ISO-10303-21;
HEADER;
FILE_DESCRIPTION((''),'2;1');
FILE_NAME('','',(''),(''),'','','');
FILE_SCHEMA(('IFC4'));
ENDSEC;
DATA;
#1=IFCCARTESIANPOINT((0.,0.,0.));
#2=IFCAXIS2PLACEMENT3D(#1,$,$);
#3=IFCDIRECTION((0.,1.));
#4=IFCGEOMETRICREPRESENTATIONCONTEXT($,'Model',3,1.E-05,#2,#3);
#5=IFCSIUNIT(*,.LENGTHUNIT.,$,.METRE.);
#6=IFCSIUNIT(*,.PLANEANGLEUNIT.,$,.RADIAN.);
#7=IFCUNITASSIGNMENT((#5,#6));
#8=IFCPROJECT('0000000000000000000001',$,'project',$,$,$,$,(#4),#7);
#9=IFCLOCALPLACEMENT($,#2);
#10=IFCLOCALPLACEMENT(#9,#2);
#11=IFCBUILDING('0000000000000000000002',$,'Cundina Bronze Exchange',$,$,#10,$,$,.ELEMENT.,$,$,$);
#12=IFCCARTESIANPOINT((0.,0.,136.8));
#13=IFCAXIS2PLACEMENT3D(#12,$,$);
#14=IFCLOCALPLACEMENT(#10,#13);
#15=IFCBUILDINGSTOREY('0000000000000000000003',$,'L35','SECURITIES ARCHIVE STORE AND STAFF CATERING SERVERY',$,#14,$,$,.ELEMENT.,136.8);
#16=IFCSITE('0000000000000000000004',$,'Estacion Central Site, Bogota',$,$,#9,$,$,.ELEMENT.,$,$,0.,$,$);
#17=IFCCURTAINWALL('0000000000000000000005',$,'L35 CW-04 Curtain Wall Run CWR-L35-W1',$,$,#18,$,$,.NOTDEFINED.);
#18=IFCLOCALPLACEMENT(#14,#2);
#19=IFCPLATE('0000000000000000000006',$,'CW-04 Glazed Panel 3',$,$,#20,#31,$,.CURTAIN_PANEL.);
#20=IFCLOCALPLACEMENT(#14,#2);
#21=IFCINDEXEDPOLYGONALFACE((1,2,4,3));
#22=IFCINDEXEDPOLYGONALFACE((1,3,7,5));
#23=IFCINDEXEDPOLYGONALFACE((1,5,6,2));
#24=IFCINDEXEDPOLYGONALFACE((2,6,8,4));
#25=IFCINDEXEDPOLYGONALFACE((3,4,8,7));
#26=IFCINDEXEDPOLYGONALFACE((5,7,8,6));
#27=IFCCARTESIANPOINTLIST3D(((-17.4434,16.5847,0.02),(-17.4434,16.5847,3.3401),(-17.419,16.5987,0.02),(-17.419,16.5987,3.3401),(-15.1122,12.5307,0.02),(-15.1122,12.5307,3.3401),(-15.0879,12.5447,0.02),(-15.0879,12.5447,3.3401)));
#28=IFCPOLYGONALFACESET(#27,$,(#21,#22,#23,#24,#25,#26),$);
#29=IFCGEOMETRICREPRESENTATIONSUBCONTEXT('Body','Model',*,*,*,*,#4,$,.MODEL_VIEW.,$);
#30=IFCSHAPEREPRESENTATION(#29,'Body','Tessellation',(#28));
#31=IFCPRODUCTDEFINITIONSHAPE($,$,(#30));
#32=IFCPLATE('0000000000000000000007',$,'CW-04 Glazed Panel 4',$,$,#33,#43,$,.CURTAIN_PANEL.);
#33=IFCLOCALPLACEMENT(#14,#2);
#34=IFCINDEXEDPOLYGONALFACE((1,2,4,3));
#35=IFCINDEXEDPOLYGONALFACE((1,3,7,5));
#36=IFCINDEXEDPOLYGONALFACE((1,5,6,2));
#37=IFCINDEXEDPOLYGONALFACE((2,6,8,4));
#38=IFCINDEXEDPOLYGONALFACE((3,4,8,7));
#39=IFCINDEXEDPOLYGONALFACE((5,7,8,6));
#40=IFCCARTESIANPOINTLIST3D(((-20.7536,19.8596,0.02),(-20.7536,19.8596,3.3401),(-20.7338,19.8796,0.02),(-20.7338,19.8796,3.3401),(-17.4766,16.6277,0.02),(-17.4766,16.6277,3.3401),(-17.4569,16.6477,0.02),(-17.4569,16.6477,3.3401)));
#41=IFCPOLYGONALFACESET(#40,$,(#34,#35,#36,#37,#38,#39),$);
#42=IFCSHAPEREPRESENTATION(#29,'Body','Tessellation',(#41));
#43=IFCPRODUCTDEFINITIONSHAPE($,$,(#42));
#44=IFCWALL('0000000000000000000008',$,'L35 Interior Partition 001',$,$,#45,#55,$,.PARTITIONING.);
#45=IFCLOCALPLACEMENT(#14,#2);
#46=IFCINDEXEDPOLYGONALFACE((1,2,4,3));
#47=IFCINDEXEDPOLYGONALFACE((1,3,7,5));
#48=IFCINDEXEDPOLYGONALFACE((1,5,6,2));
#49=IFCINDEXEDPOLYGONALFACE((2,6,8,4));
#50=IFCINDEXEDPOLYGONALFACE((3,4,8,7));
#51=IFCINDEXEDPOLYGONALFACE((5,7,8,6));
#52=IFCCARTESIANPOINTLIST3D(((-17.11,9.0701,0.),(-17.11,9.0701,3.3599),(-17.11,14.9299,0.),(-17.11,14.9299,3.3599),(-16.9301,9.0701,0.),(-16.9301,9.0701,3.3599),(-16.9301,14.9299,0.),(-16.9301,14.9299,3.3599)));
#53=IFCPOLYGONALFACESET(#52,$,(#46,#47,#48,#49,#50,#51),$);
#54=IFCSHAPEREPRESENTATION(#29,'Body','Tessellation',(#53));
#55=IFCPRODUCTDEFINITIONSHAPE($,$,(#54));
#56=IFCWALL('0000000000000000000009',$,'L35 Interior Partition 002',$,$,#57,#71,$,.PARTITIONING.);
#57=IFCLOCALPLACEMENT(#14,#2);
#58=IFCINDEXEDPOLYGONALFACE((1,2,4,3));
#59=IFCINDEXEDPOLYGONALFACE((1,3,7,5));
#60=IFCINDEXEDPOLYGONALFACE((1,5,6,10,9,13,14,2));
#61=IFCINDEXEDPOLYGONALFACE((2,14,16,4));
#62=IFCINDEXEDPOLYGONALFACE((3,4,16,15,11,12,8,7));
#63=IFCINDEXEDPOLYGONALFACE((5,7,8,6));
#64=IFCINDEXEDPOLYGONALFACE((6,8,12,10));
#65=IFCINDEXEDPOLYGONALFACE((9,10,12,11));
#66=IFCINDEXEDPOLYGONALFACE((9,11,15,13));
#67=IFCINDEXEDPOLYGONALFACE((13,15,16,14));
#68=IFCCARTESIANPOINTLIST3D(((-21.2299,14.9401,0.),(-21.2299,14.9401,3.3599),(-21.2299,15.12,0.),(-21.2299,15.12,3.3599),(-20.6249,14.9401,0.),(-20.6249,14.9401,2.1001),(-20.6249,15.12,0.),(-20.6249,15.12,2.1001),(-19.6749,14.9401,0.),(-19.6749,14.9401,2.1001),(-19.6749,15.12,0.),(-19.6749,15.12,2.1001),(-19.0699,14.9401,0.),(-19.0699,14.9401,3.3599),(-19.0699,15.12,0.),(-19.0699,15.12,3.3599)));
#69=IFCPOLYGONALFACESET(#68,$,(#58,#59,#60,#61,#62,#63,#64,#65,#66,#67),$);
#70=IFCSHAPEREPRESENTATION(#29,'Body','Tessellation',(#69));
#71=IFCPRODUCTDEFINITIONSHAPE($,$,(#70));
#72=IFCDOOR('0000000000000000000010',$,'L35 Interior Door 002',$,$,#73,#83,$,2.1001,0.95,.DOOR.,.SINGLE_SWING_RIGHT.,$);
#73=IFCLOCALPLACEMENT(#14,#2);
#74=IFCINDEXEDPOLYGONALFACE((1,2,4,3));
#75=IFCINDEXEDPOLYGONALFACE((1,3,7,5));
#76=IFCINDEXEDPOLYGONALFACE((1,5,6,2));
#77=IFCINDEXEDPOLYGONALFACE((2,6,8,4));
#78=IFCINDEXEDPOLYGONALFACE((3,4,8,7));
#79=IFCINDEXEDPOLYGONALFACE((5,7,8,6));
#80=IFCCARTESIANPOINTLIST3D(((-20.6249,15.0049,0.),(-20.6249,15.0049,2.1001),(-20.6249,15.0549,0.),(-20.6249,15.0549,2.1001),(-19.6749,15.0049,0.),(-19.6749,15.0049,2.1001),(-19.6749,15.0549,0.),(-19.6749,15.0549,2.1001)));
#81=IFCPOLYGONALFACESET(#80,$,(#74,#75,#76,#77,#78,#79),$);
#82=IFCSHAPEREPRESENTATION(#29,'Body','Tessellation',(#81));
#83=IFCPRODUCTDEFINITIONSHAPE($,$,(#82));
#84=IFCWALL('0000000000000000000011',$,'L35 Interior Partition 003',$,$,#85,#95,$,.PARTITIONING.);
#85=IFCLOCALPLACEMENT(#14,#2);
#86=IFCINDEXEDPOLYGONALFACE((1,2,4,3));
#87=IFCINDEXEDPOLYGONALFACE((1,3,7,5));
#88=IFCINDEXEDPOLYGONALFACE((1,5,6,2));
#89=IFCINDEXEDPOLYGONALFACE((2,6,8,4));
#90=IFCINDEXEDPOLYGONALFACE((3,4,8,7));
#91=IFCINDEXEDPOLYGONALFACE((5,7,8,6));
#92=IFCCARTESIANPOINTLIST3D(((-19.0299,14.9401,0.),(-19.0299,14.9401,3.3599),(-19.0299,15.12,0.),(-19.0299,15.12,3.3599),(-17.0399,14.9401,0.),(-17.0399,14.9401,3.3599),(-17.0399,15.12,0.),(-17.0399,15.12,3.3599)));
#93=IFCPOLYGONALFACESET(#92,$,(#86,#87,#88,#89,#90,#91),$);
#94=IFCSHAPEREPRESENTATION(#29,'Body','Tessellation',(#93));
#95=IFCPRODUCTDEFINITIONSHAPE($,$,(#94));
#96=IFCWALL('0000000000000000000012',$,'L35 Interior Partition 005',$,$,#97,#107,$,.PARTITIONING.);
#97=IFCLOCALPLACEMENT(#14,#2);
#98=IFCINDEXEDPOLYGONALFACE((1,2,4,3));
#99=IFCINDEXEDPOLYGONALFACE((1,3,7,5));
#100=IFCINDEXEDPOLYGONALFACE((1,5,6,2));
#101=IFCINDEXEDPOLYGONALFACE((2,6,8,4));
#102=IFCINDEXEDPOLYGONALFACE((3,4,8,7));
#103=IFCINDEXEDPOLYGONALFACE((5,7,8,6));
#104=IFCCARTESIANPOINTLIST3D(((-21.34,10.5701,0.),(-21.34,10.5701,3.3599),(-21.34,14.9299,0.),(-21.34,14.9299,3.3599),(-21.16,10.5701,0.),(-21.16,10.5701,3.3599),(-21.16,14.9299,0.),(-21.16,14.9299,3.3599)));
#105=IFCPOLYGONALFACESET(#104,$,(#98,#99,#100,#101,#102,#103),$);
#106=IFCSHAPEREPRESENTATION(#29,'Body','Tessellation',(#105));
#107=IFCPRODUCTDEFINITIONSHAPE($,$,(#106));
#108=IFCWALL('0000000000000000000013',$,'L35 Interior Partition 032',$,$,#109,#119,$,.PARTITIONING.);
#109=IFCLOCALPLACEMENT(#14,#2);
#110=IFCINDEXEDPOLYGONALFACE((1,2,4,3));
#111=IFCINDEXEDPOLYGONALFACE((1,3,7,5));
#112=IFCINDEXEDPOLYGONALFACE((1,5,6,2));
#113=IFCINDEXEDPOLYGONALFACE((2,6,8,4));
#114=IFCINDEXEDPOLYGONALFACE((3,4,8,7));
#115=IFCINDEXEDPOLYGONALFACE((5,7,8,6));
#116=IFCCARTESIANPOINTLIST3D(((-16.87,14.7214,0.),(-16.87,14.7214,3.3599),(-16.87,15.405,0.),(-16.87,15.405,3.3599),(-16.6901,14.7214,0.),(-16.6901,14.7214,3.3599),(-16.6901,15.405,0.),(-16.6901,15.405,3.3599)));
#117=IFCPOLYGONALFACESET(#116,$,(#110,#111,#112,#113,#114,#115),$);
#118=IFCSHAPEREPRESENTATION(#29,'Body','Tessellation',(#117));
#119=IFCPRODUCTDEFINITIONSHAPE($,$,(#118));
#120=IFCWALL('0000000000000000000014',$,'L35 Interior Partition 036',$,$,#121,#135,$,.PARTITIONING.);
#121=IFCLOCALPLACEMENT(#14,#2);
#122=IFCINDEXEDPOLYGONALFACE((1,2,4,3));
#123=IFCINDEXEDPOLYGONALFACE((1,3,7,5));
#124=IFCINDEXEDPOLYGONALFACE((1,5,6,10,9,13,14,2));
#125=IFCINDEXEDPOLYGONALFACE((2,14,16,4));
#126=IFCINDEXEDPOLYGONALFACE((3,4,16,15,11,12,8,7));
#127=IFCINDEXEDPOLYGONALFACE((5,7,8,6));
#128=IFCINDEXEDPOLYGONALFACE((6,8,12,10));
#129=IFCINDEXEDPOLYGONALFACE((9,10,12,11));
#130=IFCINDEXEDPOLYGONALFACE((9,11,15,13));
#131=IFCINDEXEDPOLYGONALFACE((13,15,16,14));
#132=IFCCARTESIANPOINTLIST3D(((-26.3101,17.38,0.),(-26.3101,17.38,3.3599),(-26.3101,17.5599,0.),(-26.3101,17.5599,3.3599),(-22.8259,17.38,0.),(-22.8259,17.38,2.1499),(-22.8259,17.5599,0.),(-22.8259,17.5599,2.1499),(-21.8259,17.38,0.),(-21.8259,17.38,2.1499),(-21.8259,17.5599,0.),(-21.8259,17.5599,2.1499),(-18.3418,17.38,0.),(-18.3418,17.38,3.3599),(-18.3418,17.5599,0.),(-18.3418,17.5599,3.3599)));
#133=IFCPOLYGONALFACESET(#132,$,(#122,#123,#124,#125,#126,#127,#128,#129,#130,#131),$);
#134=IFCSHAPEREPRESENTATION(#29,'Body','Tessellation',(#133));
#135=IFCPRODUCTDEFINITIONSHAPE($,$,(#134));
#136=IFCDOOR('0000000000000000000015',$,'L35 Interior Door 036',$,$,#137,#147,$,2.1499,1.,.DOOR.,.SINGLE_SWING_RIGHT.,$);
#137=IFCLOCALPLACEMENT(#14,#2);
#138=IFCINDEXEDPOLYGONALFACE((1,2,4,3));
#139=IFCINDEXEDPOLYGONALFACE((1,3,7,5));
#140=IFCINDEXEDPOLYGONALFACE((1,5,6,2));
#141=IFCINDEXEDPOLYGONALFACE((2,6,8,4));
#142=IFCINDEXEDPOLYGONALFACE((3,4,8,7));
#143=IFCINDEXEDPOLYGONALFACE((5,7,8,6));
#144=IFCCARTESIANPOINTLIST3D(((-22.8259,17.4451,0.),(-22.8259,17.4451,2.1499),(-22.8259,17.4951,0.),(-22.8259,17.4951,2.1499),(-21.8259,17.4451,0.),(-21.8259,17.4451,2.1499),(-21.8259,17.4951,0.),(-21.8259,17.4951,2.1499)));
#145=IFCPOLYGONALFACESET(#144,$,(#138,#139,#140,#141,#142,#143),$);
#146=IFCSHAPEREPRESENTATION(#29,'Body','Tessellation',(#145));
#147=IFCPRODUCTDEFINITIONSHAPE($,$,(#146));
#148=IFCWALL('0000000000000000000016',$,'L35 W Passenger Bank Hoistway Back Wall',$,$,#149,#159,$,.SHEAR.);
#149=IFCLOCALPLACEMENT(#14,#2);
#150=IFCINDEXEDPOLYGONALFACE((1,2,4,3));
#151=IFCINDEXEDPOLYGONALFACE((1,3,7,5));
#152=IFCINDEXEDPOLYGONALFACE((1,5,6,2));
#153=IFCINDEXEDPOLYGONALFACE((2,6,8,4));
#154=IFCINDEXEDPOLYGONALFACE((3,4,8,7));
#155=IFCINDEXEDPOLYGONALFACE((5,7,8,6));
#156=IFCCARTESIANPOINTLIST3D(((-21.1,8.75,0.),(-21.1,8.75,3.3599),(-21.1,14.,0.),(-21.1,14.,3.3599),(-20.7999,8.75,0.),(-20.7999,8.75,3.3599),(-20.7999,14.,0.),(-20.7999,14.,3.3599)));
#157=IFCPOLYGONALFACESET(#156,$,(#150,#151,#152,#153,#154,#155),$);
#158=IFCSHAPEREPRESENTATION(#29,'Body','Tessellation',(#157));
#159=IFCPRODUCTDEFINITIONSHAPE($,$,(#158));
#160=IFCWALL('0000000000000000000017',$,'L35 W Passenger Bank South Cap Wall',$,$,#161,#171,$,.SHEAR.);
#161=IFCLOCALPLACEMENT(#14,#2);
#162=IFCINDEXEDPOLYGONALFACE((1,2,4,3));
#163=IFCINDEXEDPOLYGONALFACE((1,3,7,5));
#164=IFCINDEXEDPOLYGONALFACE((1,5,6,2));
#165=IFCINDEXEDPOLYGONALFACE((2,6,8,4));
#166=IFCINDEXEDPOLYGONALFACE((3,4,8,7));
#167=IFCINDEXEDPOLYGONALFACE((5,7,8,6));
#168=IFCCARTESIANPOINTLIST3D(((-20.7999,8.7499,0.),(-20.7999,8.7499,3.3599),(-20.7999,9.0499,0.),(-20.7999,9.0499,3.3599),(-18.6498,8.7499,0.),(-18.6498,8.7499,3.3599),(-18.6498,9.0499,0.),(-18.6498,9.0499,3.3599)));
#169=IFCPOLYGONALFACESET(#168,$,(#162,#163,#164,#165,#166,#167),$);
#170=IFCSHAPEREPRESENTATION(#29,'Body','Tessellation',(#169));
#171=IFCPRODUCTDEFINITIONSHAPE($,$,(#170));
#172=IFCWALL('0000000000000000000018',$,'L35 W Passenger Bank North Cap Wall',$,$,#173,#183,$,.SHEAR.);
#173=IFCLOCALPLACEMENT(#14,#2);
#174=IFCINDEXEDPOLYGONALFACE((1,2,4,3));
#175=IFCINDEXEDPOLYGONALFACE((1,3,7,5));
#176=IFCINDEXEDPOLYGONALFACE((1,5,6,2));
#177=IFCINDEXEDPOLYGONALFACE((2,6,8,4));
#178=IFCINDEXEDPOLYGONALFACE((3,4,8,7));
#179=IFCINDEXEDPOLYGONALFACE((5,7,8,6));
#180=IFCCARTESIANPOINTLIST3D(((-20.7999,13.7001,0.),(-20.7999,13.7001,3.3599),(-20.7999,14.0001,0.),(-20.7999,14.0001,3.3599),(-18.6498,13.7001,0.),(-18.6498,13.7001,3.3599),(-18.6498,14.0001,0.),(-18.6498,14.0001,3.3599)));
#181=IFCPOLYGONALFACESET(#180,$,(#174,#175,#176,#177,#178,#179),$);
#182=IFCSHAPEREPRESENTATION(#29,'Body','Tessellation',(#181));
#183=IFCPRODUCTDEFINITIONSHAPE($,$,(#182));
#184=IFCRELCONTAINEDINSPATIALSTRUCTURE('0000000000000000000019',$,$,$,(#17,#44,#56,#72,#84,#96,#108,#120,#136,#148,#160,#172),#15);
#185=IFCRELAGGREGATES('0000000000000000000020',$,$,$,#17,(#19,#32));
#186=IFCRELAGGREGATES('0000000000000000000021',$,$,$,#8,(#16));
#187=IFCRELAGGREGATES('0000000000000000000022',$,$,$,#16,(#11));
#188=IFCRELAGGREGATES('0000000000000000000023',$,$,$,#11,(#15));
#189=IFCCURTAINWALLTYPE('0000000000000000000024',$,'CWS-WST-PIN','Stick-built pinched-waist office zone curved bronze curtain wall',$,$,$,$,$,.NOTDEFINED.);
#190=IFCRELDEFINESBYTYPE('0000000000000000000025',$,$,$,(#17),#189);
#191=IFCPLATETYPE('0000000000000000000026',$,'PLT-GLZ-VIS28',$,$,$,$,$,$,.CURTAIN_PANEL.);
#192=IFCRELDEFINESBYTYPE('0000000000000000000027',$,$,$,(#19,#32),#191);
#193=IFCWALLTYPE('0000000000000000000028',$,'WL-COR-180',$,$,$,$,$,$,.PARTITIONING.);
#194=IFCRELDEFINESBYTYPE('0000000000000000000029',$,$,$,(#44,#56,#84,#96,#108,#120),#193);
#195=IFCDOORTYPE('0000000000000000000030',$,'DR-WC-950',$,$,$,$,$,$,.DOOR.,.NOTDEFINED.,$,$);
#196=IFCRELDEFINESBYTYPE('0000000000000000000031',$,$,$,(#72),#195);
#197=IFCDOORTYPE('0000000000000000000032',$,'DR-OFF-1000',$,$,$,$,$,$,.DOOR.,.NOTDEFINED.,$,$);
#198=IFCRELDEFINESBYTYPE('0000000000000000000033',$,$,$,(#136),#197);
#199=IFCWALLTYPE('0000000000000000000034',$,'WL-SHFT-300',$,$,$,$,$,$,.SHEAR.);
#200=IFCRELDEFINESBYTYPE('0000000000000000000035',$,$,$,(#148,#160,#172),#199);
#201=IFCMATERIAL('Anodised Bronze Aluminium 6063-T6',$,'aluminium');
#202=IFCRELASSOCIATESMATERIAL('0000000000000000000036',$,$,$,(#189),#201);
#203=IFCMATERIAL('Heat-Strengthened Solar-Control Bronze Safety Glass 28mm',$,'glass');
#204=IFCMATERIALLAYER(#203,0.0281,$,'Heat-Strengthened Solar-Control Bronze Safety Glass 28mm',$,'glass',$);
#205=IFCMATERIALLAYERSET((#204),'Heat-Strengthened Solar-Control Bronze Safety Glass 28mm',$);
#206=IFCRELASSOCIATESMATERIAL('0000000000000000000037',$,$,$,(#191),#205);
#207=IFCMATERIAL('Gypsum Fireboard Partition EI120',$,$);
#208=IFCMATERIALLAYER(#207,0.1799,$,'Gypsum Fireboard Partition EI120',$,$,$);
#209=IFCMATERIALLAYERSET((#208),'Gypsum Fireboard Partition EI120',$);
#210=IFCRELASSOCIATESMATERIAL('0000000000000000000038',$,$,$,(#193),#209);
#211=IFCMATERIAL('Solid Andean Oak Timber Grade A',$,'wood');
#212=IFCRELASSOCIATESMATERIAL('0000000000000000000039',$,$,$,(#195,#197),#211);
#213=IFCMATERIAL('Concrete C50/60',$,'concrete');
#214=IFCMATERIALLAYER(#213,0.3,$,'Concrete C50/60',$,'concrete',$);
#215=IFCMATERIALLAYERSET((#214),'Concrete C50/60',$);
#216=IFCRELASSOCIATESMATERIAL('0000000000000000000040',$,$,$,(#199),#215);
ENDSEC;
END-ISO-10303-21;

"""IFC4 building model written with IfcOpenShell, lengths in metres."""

from ifc_helpers import new_model, si_unit, direction, frame, frame_2d, origin, origin_2d, place, context, subcontext, project, spatial, rectangle, extrude, material, layer, layer_set, type_object, element, fill, aggregate, save


model = new_model("IFC4")

# Units and contexts
model_context = context("Model", 3, precision=1e-05, world=origin(), true_north=direction((0.0, 1.0)))
body_context = subcontext(model_context, "Body", "Model", "MODEL_VIEW")
ifc_project = project(units=[si_unit("LENGTHUNIT", "METRE"), si_unit("PLANEANGLEUNIT", "RADIAN")], contexts=[model_context])

# Site, building, storey
site_placement = place(None, origin())
site = spatial("IfcSite", under=ifc_project, at=site_placement, Name="Estacion Central Site, Bogota", CompositionType="ELEMENT", RefElevation=0.0)
building_placement = place(site_placement, origin())
building = spatial("IfcBuilding", under=site, at=building_placement, Name="Cundina Bronze Exchange", CompositionType="ELEMENT")
storey_placement = place(building_placement, frame((0.0, 0.0, 136.8)))
storey = spatial("IfcBuildingStorey", under=building, at=storey_placement, Name="L35", Description="SECURITIES ARCHIVE STORE AND STAFF CATERING SERVERY", CompositionType="ELEMENT", Elevation=136.8)

# Shared definitions
ifc_material_1 = material(Name="Concrete C50/60", Category="concrete")

# Curtain wall, plates
ifc_material_2 = material(Name="Anodised Bronze Aluminium 6063-T6", Category="aluminium")
curtain_wall_type = type_object("IfcCurtainWallType", Name="CWS-WST-PIN", Description="Stick-built pinched-waist office zone curved bronze curtain wall", PredefinedType="NOTDEFINED", material=ifc_material_2)
curtain_wall_placement = place(storey_placement, origin())
curtain_wall = element("IfcCurtainWall", 1, at=curtain_wall_placement, inside=storey, type_object=curtain_wall_type, Name="L35 CW-04 Curtain Wall Run CWR-L35-W1", PredefinedType="NOTDEFINED")
ifc_material_3 = material(Name="Heat-Strengthened Solar-Control Bronze Safety Glass 28mm", Category="glass")
ifc_layer_1 = layer(ifc_material_3, 0.0281, Name="Heat-Strengthened Solar-Control Bronze Safety Glass 28mm", Category="glass")
ifc_layer_set_1 = layer_set([ifc_layer_1], Name="Heat-Strengthened Solar-Control Bronze Safety Glass 28mm")
plate_type = type_object("IfcPlateType", Name="PLT-GLZ-VIS28", PredefinedType="CURTAIN_PANEL", material=ifc_layer_set_1)
plate_1_placement = place(storey_placement, frame((-16.2656, 14.5647, 0.02), z_axis=(0.0, 0.0, 1.0), x_axis=(-0.498488, 0.866897, 0.0)))
plate_1 = element("IfcPlate", 2, at=plate_1_placement, type_object=plate_type, Name="CW-04 Glazed Panel 3", PredefinedType="CURTAIN_PANEL", context=body_context, shape_type="SweptSolid", body=[
    extrude(rectangle(XDim=4.6765, YDim=0.0281, at=origin_2d()), origin(), (0.0, 0.0, 1.0), 3.3201),
])
plate_2_placement = place(storey_placement, frame((-19.1052, 18.2537, 0.02), z_axis=(0.0, 0.0, 1.0), x_axis=(-0.711989, 0.70219, 0.0)))
plate_2 = element("IfcPlate", 3, at=plate_2_placement, type_object=plate_type, Name="CW-04 Glazed Panel 4", PredefinedType="CURTAIN_PANEL", context=body_context, shape_type="SweptSolid", body=[
    extrude(rectangle(XDim=4.6025, YDim=0.0281, at=origin_2d()), origin(), (0.0, 0.0, 1.0), 3.3201),
])
aggregate(curtain_wall, [plate_1, plate_2])

# Wall
ifc_material_4 = material(Name="Gypsum Fireboard Partition EI120")
ifc_layer_2 = layer(ifc_material_4, 0.1799, Name="Gypsum Fireboard Partition EI120")
ifc_layer_set_2 = layer_set([ifc_layer_2], Name="Gypsum Fireboard Partition EI120")
wall_type_1 = type_object("IfcWallType", Name="WL-COR-180", PredefinedType="PARTITIONING", material=ifc_layer_set_2)
wall_1_placement = place(storey_placement, frame((-17.02, 9.0701, 0.0), z_axis=(0.0, 0.0, 1.0), x_axis=(0.0, 1.0, 0.0)))
element("IfcWall", 4, at=wall_1_placement, inside=storey, type_object=wall_type_1, Name="L35 Interior Partition 001", PredefinedType="PARTITIONING", context=body_context, shape_type="SweptSolid", body=[
    extrude(rectangle(XDim=5.8599, YDim=0.1799, at=frame_2d((2.9299, 0.0))), origin(), (0.0, 0.0, 1.0), 3.3599),
])

# Wall, opening, door
wall_2_placement = place(storey_placement, frame((-21.23, 15.03, 0.0), z_axis=(0.0, 0.0, 1.0), x_axis=(1.0, 0.0, 0.0)))
wall_2 = element("IfcWall", 5, at=wall_2_placement, inside=storey, type_object=wall_type_1, Name="L35 Interior Partition 002", PredefinedType="PARTITIONING", context=body_context, shape_type="SweptSolid", body=[
    extrude(rectangle(XDim=2.1599, YDim=0.1799, at=frame_2d((1.0801, 0.0))), origin(), (0.0, 0.0, 1.0), 3.3599),
])
opening_1_placement = place(wall_2_placement, frame((0.605, 0.0, 0.0)))
opening_1 = element("IfcOpeningElement", 6, at=opening_1_placement, cuts=wall_2, PredefinedType="OPENING", context=body_context, shape_type="SweptSolid", body=[
    extrude(rectangle(XDim=0.95, YDim=2.1001, at=frame_2d((0.4751, 1.05))), frame((0.0, 0.0999, 0.0), z_axis=(0.0, -1.0, 0.0), x_axis=(1.0, 0.0, 0.0)), (0.0, 0.0, 1.0), 0.2),
])
ifc_material_5 = material(Name="Solid Andean Oak Timber Grade A", Category="wood")
door_type_1 = type_object("IfcDoorType", Name="DR-WC-950", OperationType="NOTDEFINED", PredefinedType="DOOR", material=ifc_material_5)
door_1_placement = place(opening_1_placement, origin())
door_1 = element("IfcDoor", 7, at=door_1_placement, inside=storey, type_object=door_type_1, Name="L35 Interior Door 002", OperationType="SINGLE_SWING_RIGHT", OverallHeight=2.1001, OverallWidth=0.95, PredefinedType="DOOR", context=body_context, shape_type="SweptSolid", body=[
    extrude(rectangle(XDim=0.95, YDim=2.1001, at=frame_2d((0.4751, 1.05))), frame((0.0, 0.0249, 0.0), z_axis=(0.0, -1.0, 0.0), x_axis=(1.0, 0.0, 0.0)), (0.0, 0.0, 1.0), 0.05),
])
fill(opening_1, door_1)

# Walls
wall_3_placement = place(storey_placement, frame((-19.03, 15.03, 0.0), z_axis=(0.0, 0.0, 1.0), x_axis=(1.0, 0.0, 0.0)))
element("IfcWall", 8, at=wall_3_placement, inside=storey, type_object=wall_type_1, Name="L35 Interior Partition 003", PredefinedType="PARTITIONING", context=body_context, shape_type="SweptSolid", body=[
    extrude(rectangle(XDim=1.99, YDim=0.1799, at=frame_2d((0.9951, 0.0))), origin(), (0.0, 0.0, 1.0), 3.3599),
])
wall_4_placement = place(storey_placement, frame((-21.25, 10.5701, 0.0), z_axis=(0.0, 0.0, 1.0), x_axis=(0.0, 1.0, 0.0)))
element("IfcWall", 9, at=wall_4_placement, inside=storey, type_object=wall_type_1, Name="L35 Interior Partition 005", PredefinedType="PARTITIONING", context=body_context, shape_type="SweptSolid", body=[
    extrude(rectangle(XDim=4.3599, YDim=0.1799, at=frame_2d((2.1799, 0.0))), origin(), (0.0, 0.0, 1.0), 3.3599),
])
wall_5_placement = place(storey_placement, frame((-16.78, 14.7214, 0.0), z_axis=(0.0, 0.0, 1.0), x_axis=(0.0, 1.0, 0.0)))
element("IfcWall", 10, at=wall_5_placement, inside=storey, type_object=wall_type_1, Name="L35 Interior Partition 032", PredefinedType="PARTITIONING", context=body_context, shape_type="SweptSolid", body=[
    extrude(rectangle(XDim=0.6836, YDim=0.1799, at=frame_2d((0.3418, 0.0))), origin(), (0.0, 0.0, 1.0), 3.3599),
])

# Wall, opening, door
wall_6_placement = place(storey_placement, frame((-18.3418, 17.47, 0.0), z_axis=(0.0, 0.0, 1.0), x_axis=(-1.0, 0.0, 0.0)))
wall_6 = element("IfcWall", 11, at=wall_6_placement, inside=storey, type_object=wall_type_1, Name="L35 Interior Partition 036", PredefinedType="PARTITIONING", context=body_context, shape_type="SweptSolid", body=[
    extrude(rectangle(XDim=7.9683, YDim=0.1799, at=frame_2d((3.9841, 0.0))), origin(), (0.0, 0.0, 1.0), 3.3599),
])
opening_2_placement = place(wall_6_placement, frame((3.4841, 0.0, 0.0)))
opening_2 = element("IfcOpeningElement", 12, at=opening_2_placement, cuts=wall_6, PredefinedType="OPENING", context=body_context, shape_type="SweptSolid", body=[
    extrude(rectangle(XDim=1.0, YDim=2.1499, at=frame_2d((0.5, 1.075))), frame((0.0, 0.0999, 0.0), z_axis=(0.0, -1.0, 0.0), x_axis=(1.0, 0.0, 0.0)), (0.0, 0.0, 1.0), 0.2),
])
door_type_2 = type_object("IfcDoorType", Name="DR-OFF-1000", OperationType="NOTDEFINED", PredefinedType="DOOR", material=ifc_material_5)
door_2_placement = place(opening_2_placement, origin())
door_2 = element("IfcDoor", 13, at=door_2_placement, inside=storey, type_object=door_type_2, Name="L35 Interior Door 036", OperationType="SINGLE_SWING_RIGHT", OverallHeight=2.1499, OverallWidth=1.0, PredefinedType="DOOR", context=body_context, shape_type="SweptSolid", body=[
    extrude(rectangle(XDim=1.0, YDim=2.1499, at=frame_2d((0.5, 1.075))), frame((0.0, 0.0249, 0.0), z_axis=(0.0, -1.0, 0.0), x_axis=(1.0, 0.0, 0.0)), (0.0, 0.0, 1.0), 0.05),
])
fill(opening_2, door_2)

# Walls
ifc_layer_3 = layer(ifc_material_1, 0.3, Name="Concrete C50/60", Category="concrete")
ifc_layer_set_3 = layer_set([ifc_layer_3], Name="Concrete C50/60")
wall_type_2 = type_object("IfcWallType", Name="WL-SHFT-300", PredefinedType="SHEAR", material=ifc_layer_set_3)
wall_7_placement = place(storey_placement, frame((-20.95, 8.75, 0.0), z_axis=(0.0, 0.0, 1.0), x_axis=(0.0, 1.0, 0.0)))
element("IfcWall", 14, at=wall_7_placement, inside=storey, type_object=wall_type_2, Name="L35 W Passenger Bank Hoistway Back Wall", PredefinedType="SHEAR", context=body_context, shape_type="SweptSolid", body=[
    extrude(rectangle(XDim=5.25, YDim=0.3, at=frame_2d((2.625, 0.0))), origin(), (0.0, 0.0, 1.0), 3.3599),
])
for number, where, z_axis, x_axis, name in (
    (15, (-20.8, 8.8999, 0.0), (0.0, 0.0, 1.0), (1.0, 0.0, 0.0), "L35 W Passenger Bank South Cap Wall"),
    (16, (-20.8, 13.8501, 0.0), (0.0, 0.0, 1.0), (1.0, 0.0, 0.0), "L35 W Passenger Bank North Cap Wall"),
):
    element("IfcWall", number, at=place(storey_placement, frame(where, z_axis=z_axis, x_axis=x_axis)), inside=storey, type_object=wall_type_2, Name=name, PredefinedType="SHEAR", context=body_context, shape_type="SweptSolid", body=[
        extrude(rectangle(XDim=2.1501, YDim=0.3, at=frame_2d((1.0752, 0.0))), origin(), (0.0, 0.0, 1.0), 3.3599),
    ])

save(model, "model.ifc")
